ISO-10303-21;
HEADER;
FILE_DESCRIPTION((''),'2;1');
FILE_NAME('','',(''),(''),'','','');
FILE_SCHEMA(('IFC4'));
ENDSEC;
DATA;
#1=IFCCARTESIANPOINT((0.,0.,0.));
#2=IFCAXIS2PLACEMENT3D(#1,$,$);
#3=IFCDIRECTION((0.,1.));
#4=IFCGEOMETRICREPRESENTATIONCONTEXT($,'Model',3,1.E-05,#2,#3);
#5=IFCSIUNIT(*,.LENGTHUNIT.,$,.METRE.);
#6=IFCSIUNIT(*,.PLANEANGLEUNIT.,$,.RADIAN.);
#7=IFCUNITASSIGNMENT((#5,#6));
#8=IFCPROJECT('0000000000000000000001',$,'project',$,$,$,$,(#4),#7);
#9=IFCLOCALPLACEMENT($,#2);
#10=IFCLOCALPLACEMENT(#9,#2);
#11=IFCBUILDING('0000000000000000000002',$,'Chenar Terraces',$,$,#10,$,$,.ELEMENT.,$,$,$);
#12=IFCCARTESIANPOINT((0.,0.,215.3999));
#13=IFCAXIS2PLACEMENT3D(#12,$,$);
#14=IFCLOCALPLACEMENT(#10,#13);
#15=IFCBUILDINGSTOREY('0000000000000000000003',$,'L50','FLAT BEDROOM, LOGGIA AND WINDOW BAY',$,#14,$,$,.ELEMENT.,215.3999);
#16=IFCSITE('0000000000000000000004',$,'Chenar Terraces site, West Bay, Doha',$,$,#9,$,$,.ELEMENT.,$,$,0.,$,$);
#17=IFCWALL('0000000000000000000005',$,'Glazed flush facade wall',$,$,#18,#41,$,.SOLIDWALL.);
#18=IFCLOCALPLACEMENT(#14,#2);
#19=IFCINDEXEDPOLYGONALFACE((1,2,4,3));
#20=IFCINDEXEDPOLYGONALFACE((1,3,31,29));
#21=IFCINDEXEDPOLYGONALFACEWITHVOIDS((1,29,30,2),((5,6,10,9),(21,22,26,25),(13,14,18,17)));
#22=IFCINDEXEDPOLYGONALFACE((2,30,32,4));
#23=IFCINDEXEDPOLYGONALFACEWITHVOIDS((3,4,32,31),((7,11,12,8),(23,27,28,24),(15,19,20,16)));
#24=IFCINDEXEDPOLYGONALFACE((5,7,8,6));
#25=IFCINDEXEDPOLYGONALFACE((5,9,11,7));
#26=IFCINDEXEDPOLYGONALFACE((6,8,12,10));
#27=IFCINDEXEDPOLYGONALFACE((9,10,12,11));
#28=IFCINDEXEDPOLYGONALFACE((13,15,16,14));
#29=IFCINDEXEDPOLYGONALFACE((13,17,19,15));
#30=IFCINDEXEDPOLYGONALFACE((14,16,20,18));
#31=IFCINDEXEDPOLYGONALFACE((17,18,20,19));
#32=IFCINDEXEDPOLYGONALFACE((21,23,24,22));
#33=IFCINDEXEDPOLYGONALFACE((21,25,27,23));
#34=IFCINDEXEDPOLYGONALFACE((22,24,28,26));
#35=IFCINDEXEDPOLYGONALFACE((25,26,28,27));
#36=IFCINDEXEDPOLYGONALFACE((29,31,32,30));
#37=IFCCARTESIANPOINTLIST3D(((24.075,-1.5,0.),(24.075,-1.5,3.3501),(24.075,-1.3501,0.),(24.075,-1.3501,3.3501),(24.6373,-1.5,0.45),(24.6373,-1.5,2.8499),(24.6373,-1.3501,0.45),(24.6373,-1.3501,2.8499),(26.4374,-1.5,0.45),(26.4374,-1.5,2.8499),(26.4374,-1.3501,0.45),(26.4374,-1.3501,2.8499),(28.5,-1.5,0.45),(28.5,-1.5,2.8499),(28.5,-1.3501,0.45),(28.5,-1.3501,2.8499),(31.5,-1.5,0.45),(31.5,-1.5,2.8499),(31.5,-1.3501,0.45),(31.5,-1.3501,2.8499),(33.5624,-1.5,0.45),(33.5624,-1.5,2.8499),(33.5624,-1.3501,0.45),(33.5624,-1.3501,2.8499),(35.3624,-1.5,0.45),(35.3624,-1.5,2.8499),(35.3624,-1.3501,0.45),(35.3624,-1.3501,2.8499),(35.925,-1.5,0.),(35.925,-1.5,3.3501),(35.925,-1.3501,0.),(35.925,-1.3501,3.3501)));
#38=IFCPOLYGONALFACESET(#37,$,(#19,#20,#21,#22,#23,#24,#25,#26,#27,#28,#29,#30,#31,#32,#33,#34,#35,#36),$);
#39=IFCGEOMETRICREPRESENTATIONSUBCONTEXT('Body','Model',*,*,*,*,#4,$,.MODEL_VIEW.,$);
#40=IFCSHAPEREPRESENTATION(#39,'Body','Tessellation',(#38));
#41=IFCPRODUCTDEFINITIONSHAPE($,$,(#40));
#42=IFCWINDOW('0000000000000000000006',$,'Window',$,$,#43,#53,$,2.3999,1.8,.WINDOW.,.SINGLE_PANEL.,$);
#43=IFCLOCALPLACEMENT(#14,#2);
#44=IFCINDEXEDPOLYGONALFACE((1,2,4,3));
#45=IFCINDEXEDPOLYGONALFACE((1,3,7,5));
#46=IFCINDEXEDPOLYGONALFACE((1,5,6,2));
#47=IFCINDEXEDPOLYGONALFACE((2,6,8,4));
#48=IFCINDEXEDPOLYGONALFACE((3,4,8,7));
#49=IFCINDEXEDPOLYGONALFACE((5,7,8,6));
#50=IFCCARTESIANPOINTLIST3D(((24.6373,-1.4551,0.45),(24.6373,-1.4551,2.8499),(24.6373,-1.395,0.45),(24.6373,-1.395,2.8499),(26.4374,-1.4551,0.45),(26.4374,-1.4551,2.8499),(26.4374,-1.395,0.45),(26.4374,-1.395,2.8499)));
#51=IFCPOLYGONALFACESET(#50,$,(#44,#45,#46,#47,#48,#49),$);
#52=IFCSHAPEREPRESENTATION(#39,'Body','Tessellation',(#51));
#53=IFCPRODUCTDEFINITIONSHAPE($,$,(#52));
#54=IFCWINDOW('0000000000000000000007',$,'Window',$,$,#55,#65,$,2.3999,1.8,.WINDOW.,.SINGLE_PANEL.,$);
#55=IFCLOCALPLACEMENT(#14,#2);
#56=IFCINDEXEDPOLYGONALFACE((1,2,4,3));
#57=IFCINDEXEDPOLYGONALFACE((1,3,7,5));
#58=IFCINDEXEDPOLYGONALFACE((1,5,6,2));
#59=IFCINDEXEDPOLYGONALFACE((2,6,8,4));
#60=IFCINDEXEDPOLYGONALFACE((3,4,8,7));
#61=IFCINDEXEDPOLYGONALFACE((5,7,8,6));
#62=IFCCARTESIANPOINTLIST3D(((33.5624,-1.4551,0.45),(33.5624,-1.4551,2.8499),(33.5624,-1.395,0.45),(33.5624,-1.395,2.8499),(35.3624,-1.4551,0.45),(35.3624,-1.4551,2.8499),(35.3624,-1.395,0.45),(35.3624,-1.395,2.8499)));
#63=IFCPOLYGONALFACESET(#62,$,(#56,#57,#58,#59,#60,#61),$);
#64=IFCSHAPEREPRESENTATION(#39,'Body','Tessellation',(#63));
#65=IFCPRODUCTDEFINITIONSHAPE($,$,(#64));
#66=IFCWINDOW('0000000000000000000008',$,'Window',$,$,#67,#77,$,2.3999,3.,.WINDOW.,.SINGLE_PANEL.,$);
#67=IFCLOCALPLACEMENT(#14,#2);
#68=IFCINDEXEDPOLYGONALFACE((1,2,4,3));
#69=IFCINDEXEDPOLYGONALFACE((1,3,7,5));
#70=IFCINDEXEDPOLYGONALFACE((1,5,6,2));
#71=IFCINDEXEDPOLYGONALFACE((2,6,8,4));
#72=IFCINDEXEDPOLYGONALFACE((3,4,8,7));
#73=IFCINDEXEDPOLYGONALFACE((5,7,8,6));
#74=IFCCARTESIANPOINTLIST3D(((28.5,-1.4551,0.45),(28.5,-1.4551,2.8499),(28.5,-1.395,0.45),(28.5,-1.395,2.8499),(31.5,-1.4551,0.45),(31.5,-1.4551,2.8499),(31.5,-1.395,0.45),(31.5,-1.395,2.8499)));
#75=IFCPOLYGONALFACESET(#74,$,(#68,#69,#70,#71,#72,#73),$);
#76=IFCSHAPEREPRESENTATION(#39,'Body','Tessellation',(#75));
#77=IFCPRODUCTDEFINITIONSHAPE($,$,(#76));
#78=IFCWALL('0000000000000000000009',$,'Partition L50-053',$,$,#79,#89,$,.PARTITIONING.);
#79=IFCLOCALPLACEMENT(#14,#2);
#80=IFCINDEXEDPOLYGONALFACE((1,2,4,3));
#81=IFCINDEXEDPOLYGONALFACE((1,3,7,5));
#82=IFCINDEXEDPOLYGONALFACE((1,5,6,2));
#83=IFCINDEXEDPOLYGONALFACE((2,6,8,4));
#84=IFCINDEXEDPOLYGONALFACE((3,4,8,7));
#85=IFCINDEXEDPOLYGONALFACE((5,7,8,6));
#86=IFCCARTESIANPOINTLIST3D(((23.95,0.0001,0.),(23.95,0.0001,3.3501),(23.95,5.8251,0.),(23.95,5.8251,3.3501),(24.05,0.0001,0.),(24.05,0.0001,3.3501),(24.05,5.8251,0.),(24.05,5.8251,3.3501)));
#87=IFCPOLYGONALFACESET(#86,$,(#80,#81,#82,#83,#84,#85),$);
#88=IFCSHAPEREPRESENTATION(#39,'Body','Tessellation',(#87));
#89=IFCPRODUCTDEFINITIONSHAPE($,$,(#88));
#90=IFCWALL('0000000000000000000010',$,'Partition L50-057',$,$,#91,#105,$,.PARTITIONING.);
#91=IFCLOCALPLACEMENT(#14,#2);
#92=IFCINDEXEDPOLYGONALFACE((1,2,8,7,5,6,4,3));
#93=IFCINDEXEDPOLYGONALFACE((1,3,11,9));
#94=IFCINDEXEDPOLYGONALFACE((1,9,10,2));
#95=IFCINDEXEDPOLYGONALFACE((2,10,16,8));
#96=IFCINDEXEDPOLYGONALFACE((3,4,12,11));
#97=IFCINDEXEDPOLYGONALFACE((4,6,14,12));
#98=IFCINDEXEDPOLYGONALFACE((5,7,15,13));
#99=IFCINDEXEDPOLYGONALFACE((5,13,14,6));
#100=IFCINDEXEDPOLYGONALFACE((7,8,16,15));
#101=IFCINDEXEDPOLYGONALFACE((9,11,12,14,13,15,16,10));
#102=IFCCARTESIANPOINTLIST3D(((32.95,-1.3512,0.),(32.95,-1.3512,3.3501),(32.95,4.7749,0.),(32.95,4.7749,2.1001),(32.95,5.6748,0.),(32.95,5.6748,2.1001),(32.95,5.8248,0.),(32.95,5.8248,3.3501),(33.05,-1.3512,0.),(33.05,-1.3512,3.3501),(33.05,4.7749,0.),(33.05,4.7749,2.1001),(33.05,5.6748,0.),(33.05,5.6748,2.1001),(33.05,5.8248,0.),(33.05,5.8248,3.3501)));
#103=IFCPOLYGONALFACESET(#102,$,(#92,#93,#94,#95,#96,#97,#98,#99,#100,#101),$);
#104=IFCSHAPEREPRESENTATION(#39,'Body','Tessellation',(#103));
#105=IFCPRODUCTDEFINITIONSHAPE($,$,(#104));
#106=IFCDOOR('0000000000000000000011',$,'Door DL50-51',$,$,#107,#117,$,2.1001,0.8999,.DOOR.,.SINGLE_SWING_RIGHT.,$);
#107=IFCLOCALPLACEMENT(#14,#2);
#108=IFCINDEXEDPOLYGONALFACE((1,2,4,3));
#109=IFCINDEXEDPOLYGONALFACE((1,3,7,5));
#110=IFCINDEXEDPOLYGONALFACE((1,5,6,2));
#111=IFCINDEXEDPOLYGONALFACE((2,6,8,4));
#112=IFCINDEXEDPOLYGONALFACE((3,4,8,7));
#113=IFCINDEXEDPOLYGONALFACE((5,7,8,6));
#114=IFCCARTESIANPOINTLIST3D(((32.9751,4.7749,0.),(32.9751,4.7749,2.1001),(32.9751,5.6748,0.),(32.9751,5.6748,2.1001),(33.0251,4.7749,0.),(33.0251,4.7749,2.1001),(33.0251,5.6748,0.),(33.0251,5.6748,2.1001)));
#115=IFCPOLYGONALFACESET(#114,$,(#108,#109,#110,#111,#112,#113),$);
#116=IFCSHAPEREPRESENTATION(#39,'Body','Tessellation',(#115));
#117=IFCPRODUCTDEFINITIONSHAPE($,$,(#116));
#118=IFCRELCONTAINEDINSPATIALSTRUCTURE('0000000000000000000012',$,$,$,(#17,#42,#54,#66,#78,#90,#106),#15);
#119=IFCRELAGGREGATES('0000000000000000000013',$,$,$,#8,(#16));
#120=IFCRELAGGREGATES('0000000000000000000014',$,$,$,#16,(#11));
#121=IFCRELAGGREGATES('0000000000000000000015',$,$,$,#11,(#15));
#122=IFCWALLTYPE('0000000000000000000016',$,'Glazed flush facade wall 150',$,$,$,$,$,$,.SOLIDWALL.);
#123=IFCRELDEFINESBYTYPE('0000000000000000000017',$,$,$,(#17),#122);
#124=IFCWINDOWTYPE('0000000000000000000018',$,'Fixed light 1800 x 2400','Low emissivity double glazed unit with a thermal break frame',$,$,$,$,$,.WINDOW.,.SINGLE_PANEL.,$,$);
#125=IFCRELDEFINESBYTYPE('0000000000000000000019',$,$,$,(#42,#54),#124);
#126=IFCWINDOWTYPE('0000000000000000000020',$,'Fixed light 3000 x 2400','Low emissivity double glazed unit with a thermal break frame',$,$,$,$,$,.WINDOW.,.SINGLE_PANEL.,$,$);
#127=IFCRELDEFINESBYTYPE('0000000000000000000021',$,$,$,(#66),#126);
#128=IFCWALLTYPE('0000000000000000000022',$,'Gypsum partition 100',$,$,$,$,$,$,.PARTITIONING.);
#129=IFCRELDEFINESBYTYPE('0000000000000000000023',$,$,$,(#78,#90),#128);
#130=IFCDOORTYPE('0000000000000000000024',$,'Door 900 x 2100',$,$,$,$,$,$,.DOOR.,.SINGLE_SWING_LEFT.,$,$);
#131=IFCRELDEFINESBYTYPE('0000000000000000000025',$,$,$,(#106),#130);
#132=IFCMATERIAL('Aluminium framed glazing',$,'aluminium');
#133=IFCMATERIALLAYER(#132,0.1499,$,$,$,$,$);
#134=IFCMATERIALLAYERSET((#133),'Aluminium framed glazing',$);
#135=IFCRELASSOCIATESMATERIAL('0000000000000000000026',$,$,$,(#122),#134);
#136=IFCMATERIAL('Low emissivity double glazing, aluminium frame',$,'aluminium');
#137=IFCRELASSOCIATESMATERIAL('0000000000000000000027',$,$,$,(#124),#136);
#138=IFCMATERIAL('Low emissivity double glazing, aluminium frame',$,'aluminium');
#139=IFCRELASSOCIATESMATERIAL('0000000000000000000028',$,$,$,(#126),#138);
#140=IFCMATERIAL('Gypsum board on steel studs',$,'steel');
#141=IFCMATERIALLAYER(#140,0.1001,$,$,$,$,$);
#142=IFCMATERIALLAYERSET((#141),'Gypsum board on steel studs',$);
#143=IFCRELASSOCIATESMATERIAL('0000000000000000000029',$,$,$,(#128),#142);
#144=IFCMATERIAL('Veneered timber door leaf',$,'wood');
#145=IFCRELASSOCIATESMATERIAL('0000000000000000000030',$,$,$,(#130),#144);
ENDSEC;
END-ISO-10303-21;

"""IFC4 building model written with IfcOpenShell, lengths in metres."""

from ifc_helpers import new_model, si_unit, direction, frame, frame_2d, origin, place, context, subcontext, project, spatial, rectangle, extrude, material, layer, layer_set, type_object, element, fill, save


model = new_model("IFC4")

# Units and contexts
model_context = context("Model", 3, precision=1e-05, world=origin(), true_north=direction((0.0, 1.0)))
body_context = subcontext(model_context, "Body", "Model", "MODEL_VIEW")
ifc_project = project(units=[si_unit("LENGTHUNIT", "METRE"), si_unit("PLANEANGLEUNIT", "RADIAN")], contexts=[model_context])

# Site, building, storey
site_placement = place(None, origin())
site = spatial("IfcSite", under=ifc_project, at=site_placement, Name="Chenar Terraces site, West Bay, Doha", CompositionType="ELEMENT", RefElevation=0.0)
building_placement = place(site_placement, origin())
building = spatial("IfcBuilding", under=site, at=building_placement, Name="Chenar Terraces", CompositionType="ELEMENT")
storey_placement = place(building_placement, frame((0.0, 0.0, 215.3999)))
storey = spatial("IfcBuildingStorey", under=building, at=storey_placement, Name="L50", Description="FLAT BEDROOM, LOGGIA AND WINDOW BAY", CompositionType="ELEMENT", Elevation=215.3999)

# Wall, openings, windows
ifc_material_1 = material(Name="Aluminium framed glazing", Category="aluminium")
ifc_layer_1 = layer(ifc_material_1, 0.1499)
ifc_layer_set_1 = layer_set([ifc_layer_1], Name="Aluminium framed glazing")
wall_type_1 = type_object("IfcWallType", Name="Glazed flush facade wall 150", PredefinedType="SOLIDWALL", material=ifc_layer_set_1)
wall_1_placement = place(storey_placement, frame((24.075, -1.425, 0.0), z_axis=(0.0, 0.0, 1.0), x_axis=(1.0, 0.0, 0.0)))
wall_1 = element("IfcWall", 1, at=wall_1_placement, inside=storey, type_object=wall_type_1, Name="Glazed flush facade wall", PredefinedType="SOLIDWALL", context=body_context, shape_type="SweptSolid", body=[
    extrude(rectangle(XDim=11.8501, YDim=0.1499, at=frame_2d((5.925, 0.0))), origin(), (0.0, 0.0, 1.0), 3.3501),
])
opening_1_placement = place(wall_1_placement, frame((0.5625, 0.0, 0.45)))
opening_1 = element("IfcOpeningElement", 2, at=opening_1_placement, cuts=wall_1, PredefinedType="OPENING", context=body_context, shape_type="SweptSolid", body=[
    extrude(rectangle(XDim=1.8, YDim=2.3999, at=frame_2d((0.8999, 1.2))), frame((0.0, 0.085, 0.0), z_axis=(0.0, -1.0, 0.0), x_axis=(1.0, 0.0, 0.0)), (0.0, 0.0, 1.0), 0.1699),
])
opening_2_placement = place(wall_1_placement, frame((4.425, 0.0, 0.45)))
opening_2 = element("IfcOpeningElement", 3, at=opening_2_placement, cuts=wall_1, PredefinedType="OPENING", context=body_context, shape_type="SweptSolid", body=[
    extrude(rectangle(XDim=3.0, YDim=2.3999, at=frame_2d((1.5, 1.2))), frame((0.0, 0.085, 0.0), z_axis=(0.0, -1.0, 0.0), x_axis=(1.0, 0.0, 0.0)), (0.0, 0.0, 1.0), 0.1699),
])
opening_3_placement = place(wall_1_placement, frame((9.4875, 0.0, 0.45)))
opening_3 = element("IfcOpeningElement", 4, at=opening_3_placement, cuts=wall_1, PredefinedType="OPENING", context=body_context, shape_type="SweptSolid", body=[
    extrude(rectangle(XDim=1.8, YDim=2.3999, at=frame_2d((0.8999, 1.2))), frame((0.0, 0.085, 0.0), z_axis=(0.0, -1.0, 0.0), x_axis=(1.0, 0.0, 0.0)), (0.0, 0.0, 1.0), 0.1699),
])
ifc_material_2 = material(Name="Low emissivity double glazing, aluminium frame", Category="aluminium")
window_type_1 = type_object("IfcWindowType", Name="Fixed light 1800 x 2400", Description="Low emissivity double glazed unit with a thermal break frame", PartitioningType="SINGLE_PANEL", PredefinedType="WINDOW", material=ifc_material_2)
window_1_placement = place(opening_1_placement, origin())
window_1 = element("IfcWindow", 5, at=window_1_placement, inside=storey, type_object=window_type_1, Name="Window", OverallHeight=2.3999, OverallWidth=1.8, PartitioningType="SINGLE_PANEL", PredefinedType="WINDOW", context=body_context, shape_type="SweptSolid", body=[
    extrude(rectangle(XDim=1.8, YDim=2.3999, at=frame_2d((0.8999, 1.2))), frame((0.0, 0.03, 0.0), z_axis=(0.0, -1.0, 0.0), x_axis=(1.0, 0.0, 0.0)), (0.0, 0.0, 1.0), 0.0601),
])
fill(opening_1, window_1)
window_2_placement = place(opening_3_placement, origin())
window_2 = element("IfcWindow", 6, at=window_2_placement, inside=storey, type_object=window_type_1, Name="Window", OverallHeight=2.3999, OverallWidth=1.8, PartitioningType="SINGLE_PANEL", PredefinedType="WINDOW", context=body_context, shape_type="SweptSolid", body=[
    extrude(rectangle(XDim=1.8, YDim=2.3999, at=frame_2d((0.8999, 1.2))), frame((0.0, 0.03, 0.0), z_axis=(0.0, -1.0, 0.0), x_axis=(1.0, 0.0, 0.0)), (0.0, 0.0, 1.0), 0.0601),
])
fill(opening_3, window_2)
ifc_material_3 = material(Name="Low emissivity double glazing, aluminium frame", Category="aluminium")
window_type_2 = type_object("IfcWindowType", Name="Fixed light 3000 x 2400", Description="Low emissivity double glazed unit with a thermal break frame", PartitioningType="SINGLE_PANEL", PredefinedType="WINDOW", material=ifc_material_3)
window_3_placement = place(opening_2_placement, origin())
window_3 = element("IfcWindow", 7, at=window_3_placement, inside=storey, type_object=window_type_2, Name="Window", OverallHeight=2.3999, OverallWidth=3.0, PartitioningType="SINGLE_PANEL", PredefinedType="WINDOW", context=body_context, shape_type="SweptSolid", body=[
    extrude(rectangle(XDim=3.0, YDim=2.3999, at=frame_2d((1.5, 1.2))), frame((0.0, 0.03, 0.0), z_axis=(0.0, -1.0, 0.0), x_axis=(1.0, 0.0, 0.0)), (0.0, 0.0, 1.0), 0.0601),
])
fill(opening_2, window_3)

# Wall
ifc_material_4 = material(Name="Gypsum board on steel studs", Category="steel")
ifc_layer_2 = layer(ifc_material_4, 0.1001)
ifc_layer_set_2 = layer_set([ifc_layer_2], Name="Gypsum board on steel studs")
wall_type_2 = type_object("IfcWallType", Name="Gypsum partition 100", PredefinedType="PARTITIONING", material=ifc_layer_set_2)
wall_2_placement = place(storey_placement, frame((24.0, 0.0, 0.0), z_axis=(0.0, 0.0, 1.0), x_axis=(0.0, 1.0, 0.0)))
element("IfcWall", 8, at=wall_2_placement, inside=storey, type_object=wall_type_2, Name="Partition L50-053", PredefinedType="PARTITIONING", context=body_context, shape_type="SweptSolid", body=[
    extrude(rectangle(XDim=5.825, YDim=0.1001, at=frame_2d((2.9126, 0.0))), origin(), (0.0, 0.0, 1.0), 3.3501),
])

# Wall, opening, door
wall_3_placement = place(storey_placement, frame((33.0, -1.3511, 0.0), z_axis=(0.0, 0.0, 1.0), x_axis=(0.0, 1.0, 0.0)))
wall_3 = element("IfcWall", 9, at=wall_3_placement, inside=storey, type_object=wall_type_2, Name="Partition L50-057", PredefinedType="PARTITIONING", context=body_context, shape_type="SweptSolid", body=[
    extrude(rectangle(XDim=7.176, YDim=0.1001, at=frame_2d((3.5879, 0.0))), origin(), (0.0, 0.0, 1.0), 3.3501),
])
opening_4_placement = place(wall_3_placement, frame((6.126, 0.0, 0.0)))
opening_4 = element("IfcOpeningElement", 10, at=opening_4_placement, cuts=wall_3, PredefinedType="OPENING", context=body_context, shape_type="SweptSolid", body=[
    extrude(rectangle(XDim=0.8999, YDim=2.1001, at=frame_2d((0.45, 1.05))), frame((0.0, 0.0601, 0.0), z_axis=(0.0, -1.0, 0.0), x_axis=(1.0, 0.0, 0.0)), (0.0, 0.0, 1.0), 0.1201),
])
ifc_material_5 = material(Name="Veneered timber door leaf", Category="wood")
door_type_1 = type_object("IfcDoorType", Name="Door 900 x 2100", OperationType="SINGLE_SWING_LEFT", PredefinedType="DOOR", material=ifc_material_5)
door_1_placement = place(opening_4_placement, origin())
door_1 = element("IfcDoor", 11, at=door_1_placement, inside=storey, type_object=door_type_1, Name="Door DL50-51", OperationType="SINGLE_SWING_RIGHT", OverallHeight=2.1001, OverallWidth=0.8999, PredefinedType="DOOR", context=body_context, shape_type="SweptSolid", body=[
    extrude(rectangle(XDim=0.8999, YDim=2.1001, at=frame_2d((0.45, 1.05))), frame((0.0, 0.0249, 0.0), z_axis=(0.0, -1.0, 0.0), x_axis=(1.0, 0.0, 0.0)), (0.0, 0.0, 1.0), 0.05),
])
fill(opening_4, door_1)

save(model, "model.ifc")
